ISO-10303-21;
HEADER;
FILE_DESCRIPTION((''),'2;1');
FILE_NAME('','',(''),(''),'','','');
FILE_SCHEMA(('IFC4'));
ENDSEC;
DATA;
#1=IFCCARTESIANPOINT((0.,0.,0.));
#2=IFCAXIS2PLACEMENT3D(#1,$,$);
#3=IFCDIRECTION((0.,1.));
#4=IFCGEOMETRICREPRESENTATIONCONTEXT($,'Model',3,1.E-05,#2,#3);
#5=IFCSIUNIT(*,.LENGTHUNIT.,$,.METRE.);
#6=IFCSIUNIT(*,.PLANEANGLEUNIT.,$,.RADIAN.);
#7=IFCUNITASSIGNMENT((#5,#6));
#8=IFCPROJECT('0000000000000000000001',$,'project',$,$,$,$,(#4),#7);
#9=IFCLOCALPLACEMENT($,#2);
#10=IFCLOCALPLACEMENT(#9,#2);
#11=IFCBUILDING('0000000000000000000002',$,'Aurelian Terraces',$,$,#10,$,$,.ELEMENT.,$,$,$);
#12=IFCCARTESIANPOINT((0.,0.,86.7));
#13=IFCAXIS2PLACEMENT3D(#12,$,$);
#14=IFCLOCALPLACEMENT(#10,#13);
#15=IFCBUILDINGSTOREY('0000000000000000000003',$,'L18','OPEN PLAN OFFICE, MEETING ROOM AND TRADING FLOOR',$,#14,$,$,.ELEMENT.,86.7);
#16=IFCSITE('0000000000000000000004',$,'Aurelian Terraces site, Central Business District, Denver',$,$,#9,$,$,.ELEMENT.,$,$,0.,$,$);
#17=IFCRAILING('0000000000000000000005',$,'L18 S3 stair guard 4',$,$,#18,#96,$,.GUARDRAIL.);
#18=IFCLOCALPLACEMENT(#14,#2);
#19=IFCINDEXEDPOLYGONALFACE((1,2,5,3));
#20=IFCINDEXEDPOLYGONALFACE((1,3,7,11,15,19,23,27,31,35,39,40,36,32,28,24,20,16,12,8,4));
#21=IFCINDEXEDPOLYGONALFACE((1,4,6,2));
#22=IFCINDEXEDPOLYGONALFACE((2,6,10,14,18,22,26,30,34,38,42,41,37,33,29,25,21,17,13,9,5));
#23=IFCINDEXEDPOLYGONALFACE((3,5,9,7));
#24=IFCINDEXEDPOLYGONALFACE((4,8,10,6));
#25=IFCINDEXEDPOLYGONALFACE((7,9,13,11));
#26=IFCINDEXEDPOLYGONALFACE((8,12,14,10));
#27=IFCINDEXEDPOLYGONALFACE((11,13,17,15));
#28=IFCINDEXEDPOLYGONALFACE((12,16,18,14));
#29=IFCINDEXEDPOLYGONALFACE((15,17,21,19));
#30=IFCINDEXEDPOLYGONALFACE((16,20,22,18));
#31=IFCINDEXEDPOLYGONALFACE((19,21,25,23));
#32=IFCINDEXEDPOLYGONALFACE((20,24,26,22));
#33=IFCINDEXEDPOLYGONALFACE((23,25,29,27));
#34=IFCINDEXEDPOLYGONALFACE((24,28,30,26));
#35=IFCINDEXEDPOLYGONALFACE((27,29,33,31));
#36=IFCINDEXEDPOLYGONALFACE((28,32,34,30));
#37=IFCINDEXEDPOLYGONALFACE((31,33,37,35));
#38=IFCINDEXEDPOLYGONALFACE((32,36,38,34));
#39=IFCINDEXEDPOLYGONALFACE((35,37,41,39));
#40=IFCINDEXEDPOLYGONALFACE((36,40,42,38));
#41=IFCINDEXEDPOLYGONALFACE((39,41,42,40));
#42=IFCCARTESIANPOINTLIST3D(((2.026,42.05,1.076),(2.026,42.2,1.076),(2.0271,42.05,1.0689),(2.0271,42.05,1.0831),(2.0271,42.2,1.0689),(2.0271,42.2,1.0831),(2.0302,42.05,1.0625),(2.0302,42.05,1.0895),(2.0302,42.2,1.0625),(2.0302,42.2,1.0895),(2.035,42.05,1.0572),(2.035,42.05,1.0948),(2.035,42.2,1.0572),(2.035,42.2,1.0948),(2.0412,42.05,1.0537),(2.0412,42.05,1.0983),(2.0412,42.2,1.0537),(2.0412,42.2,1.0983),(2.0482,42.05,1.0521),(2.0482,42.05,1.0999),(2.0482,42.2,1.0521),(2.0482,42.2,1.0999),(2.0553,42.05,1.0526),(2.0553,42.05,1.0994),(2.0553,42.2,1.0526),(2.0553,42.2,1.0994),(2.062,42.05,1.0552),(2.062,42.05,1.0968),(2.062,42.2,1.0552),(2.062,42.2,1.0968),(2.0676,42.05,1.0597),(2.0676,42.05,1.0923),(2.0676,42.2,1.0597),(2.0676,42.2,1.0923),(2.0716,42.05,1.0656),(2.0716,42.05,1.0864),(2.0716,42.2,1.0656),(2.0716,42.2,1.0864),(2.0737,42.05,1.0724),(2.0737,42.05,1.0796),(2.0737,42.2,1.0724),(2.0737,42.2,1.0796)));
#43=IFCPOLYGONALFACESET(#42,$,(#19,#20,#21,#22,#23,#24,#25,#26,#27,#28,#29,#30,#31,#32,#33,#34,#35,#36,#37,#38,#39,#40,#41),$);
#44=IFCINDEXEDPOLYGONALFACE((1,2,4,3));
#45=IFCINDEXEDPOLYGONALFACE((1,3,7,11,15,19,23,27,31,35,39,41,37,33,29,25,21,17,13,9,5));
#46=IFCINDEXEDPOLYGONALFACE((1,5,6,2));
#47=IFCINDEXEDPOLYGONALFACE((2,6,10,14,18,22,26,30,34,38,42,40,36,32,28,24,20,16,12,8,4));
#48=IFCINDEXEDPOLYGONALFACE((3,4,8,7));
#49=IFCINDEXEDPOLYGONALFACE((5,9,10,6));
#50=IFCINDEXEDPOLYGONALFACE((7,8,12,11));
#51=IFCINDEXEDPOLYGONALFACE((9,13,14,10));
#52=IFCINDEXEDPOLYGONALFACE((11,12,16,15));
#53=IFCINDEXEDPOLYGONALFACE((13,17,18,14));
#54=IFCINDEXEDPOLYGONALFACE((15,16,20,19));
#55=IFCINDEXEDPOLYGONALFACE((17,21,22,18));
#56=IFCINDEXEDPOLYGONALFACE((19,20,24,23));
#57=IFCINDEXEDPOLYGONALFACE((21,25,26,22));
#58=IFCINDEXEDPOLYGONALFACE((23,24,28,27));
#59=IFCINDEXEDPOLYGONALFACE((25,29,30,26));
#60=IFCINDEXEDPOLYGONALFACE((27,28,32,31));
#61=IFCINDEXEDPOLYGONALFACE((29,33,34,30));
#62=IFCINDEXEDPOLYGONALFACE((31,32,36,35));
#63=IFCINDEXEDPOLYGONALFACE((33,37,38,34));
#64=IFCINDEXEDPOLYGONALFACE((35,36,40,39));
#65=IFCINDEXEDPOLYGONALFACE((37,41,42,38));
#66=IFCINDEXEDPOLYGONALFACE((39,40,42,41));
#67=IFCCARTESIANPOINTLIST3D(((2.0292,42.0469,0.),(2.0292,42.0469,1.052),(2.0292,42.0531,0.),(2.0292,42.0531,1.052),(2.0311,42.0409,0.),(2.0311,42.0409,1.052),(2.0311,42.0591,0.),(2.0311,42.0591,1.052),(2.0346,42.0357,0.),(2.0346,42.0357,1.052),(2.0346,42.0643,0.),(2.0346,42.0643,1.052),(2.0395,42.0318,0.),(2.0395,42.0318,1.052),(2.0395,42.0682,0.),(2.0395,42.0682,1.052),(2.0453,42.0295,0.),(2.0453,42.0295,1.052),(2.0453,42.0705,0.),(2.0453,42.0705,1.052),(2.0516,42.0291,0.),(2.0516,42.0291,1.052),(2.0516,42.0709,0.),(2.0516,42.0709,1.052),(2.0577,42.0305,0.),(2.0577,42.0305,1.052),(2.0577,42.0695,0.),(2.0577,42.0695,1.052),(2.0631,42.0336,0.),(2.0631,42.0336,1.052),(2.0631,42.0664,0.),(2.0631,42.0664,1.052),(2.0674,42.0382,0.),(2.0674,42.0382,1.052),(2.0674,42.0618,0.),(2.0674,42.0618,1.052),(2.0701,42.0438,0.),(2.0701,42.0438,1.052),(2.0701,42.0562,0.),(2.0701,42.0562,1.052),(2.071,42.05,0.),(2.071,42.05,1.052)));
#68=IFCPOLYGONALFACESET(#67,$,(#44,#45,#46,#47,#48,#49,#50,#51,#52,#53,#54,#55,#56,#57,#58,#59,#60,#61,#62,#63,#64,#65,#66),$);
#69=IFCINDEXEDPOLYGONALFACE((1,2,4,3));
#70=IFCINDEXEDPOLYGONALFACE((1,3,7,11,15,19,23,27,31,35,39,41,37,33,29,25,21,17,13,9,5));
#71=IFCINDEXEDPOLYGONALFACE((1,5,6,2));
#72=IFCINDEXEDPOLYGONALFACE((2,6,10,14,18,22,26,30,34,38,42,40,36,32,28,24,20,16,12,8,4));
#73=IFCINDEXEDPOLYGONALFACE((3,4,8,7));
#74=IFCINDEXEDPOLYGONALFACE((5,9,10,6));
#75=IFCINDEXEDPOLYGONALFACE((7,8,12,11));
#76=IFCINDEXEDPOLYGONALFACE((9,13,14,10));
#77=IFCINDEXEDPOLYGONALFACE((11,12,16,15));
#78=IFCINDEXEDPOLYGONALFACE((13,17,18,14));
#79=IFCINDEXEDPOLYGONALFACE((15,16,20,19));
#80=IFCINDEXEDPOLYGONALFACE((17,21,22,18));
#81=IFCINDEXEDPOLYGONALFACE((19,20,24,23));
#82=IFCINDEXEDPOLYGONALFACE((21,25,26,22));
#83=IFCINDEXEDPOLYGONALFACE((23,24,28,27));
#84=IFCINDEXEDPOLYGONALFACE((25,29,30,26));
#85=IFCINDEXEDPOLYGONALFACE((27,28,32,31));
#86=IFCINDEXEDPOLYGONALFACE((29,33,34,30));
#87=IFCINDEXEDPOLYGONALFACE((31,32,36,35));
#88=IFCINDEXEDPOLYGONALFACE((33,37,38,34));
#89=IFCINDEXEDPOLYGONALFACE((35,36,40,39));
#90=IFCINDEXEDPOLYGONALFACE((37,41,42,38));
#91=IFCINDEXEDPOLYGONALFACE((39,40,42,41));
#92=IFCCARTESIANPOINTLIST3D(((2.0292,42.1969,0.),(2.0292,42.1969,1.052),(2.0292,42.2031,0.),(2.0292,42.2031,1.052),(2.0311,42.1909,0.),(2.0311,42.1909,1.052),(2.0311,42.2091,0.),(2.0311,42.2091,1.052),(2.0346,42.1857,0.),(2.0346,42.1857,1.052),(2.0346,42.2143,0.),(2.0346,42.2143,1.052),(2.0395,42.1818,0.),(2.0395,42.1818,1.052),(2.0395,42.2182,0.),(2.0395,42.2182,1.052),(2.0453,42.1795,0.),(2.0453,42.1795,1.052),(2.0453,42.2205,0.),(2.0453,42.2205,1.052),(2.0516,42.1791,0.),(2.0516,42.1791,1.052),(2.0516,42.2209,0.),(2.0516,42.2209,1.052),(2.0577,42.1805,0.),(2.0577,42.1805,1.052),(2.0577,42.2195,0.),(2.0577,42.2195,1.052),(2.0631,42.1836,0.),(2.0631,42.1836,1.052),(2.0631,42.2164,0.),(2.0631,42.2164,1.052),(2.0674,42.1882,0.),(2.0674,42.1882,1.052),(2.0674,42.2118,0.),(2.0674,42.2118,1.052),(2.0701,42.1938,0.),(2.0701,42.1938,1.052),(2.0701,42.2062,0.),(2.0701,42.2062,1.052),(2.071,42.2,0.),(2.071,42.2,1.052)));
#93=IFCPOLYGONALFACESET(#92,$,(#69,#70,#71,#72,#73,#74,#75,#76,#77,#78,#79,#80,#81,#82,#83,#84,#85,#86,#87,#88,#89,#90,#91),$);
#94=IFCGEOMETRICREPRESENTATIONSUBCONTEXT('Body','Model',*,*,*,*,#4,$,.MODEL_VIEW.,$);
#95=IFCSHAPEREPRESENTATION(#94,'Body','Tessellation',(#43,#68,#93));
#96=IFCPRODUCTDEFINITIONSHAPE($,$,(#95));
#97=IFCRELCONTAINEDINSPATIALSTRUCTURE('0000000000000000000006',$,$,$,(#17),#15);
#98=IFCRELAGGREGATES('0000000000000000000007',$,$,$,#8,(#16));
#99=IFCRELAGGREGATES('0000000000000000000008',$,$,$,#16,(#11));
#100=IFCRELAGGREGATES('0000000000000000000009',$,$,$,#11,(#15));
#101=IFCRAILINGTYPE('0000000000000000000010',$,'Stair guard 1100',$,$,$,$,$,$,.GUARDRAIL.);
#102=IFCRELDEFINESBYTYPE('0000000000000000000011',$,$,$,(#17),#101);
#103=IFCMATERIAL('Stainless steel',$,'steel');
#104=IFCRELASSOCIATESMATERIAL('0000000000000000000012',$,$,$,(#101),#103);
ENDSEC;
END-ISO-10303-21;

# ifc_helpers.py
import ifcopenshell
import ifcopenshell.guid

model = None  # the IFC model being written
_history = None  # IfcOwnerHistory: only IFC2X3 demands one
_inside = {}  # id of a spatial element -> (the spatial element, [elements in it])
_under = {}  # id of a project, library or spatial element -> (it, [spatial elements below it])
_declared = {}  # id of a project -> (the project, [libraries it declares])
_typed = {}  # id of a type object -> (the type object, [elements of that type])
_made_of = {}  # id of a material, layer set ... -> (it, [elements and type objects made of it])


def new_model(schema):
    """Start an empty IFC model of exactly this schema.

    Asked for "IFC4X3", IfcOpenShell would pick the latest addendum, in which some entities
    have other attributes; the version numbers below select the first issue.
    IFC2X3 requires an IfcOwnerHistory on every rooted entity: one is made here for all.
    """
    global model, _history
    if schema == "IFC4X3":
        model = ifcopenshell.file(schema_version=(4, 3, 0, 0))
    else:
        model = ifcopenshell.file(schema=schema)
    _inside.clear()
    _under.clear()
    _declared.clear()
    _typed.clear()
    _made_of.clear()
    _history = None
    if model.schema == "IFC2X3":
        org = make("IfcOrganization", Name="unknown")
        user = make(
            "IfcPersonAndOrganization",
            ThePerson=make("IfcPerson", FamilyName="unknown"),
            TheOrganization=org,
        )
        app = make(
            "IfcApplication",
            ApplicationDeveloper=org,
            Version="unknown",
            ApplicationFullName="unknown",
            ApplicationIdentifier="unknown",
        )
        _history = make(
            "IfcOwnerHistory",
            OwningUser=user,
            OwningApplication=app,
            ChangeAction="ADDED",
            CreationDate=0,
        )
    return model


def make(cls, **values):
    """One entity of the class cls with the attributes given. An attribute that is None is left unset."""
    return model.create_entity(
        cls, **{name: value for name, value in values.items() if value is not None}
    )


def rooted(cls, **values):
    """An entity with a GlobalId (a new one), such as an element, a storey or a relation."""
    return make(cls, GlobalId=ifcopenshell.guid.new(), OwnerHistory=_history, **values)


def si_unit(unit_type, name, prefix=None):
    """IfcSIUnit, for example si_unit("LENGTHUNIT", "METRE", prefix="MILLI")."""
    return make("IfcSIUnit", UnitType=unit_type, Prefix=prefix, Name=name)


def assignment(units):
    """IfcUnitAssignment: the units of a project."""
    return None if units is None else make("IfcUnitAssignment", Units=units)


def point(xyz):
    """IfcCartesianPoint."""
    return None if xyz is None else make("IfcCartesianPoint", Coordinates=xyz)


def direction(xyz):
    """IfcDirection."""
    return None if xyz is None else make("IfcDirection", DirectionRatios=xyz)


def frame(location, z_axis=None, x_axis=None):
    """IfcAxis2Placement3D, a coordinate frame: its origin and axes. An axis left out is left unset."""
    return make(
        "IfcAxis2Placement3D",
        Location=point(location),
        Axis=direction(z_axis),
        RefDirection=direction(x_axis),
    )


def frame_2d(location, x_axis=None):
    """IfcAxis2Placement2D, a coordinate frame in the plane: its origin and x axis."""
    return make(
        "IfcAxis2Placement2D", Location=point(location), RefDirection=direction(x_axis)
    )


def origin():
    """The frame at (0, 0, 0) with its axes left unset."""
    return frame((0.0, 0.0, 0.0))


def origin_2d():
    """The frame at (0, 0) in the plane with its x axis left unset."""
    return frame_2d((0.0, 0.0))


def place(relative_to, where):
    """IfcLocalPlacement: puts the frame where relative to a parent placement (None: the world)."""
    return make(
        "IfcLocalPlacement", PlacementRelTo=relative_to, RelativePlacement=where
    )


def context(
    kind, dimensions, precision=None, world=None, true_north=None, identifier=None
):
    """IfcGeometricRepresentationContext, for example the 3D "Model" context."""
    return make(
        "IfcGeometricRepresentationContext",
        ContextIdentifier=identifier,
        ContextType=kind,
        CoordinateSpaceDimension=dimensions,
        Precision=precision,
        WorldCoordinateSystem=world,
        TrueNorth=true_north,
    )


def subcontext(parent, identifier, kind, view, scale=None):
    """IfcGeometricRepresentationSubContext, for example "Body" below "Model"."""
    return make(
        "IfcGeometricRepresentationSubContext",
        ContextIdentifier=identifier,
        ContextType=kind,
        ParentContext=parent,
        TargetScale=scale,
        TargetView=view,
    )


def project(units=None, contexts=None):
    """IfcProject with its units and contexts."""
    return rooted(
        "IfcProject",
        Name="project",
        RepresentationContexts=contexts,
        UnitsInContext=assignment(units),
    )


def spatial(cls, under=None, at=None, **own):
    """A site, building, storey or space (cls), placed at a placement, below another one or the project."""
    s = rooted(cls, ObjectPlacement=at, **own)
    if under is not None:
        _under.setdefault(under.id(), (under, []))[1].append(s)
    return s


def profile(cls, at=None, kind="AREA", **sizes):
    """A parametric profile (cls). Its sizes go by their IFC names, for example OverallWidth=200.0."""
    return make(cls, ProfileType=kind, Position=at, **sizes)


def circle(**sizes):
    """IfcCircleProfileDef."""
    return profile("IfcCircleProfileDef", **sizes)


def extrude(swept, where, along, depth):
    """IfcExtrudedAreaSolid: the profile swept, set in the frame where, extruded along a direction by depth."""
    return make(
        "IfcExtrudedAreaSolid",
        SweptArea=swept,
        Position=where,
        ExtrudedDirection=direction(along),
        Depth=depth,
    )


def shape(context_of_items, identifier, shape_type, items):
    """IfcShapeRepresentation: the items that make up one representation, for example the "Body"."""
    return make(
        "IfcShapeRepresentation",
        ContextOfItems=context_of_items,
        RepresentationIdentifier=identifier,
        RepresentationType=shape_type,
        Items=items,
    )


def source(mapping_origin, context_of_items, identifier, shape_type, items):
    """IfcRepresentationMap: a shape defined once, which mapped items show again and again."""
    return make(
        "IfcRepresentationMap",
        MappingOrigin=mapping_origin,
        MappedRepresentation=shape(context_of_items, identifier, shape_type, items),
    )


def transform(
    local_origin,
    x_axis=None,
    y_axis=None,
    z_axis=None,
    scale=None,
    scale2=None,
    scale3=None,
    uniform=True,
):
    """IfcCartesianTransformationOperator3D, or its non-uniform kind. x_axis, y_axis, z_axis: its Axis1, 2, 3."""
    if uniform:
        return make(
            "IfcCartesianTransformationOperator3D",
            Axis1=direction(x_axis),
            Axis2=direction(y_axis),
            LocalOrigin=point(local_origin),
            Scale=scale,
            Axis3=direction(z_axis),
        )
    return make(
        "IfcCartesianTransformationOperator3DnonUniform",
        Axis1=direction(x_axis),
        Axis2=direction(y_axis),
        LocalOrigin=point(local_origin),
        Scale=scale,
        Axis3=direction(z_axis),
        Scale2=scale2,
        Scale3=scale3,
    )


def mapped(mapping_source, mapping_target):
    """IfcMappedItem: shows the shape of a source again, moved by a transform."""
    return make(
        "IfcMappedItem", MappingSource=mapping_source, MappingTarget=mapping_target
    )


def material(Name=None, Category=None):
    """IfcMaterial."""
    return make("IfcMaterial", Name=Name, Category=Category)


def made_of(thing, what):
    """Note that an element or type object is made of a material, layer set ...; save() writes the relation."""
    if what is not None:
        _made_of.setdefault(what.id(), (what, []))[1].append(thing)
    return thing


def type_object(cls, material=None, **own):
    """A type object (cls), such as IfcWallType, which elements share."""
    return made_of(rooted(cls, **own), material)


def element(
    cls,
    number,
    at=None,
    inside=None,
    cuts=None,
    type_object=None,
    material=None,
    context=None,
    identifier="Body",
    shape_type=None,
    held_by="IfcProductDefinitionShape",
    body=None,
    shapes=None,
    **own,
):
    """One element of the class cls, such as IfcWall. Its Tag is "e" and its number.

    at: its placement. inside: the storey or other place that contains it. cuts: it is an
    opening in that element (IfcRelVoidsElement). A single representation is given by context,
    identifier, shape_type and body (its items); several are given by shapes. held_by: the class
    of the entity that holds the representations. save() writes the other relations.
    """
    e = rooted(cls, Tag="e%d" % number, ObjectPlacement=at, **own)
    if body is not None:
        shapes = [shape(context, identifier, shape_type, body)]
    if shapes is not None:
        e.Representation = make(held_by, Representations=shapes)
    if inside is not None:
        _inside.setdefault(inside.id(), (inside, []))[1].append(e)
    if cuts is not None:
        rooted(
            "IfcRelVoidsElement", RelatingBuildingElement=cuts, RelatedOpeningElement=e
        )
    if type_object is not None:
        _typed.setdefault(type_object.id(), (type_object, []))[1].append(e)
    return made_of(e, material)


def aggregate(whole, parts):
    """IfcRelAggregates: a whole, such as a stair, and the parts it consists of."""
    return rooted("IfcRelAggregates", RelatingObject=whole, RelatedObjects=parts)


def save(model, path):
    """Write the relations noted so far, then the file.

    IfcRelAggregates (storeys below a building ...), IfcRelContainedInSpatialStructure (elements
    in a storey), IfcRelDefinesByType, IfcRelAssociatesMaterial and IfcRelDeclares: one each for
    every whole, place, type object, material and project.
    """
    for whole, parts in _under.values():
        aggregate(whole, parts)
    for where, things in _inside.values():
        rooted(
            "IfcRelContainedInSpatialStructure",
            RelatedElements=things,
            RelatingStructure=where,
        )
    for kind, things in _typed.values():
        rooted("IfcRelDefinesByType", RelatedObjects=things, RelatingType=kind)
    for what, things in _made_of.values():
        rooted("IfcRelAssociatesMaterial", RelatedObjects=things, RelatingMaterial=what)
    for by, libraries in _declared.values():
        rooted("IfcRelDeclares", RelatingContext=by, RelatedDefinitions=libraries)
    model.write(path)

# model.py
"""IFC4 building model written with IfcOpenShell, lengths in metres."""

from ifc_helpers import new_model, si_unit, direction, frame, origin, origin_2d, place, context, subcontext, project, spatial, circle, extrude, source, transform, mapped, material, type_object, element, save


model = new_model("IFC4")

# Units and contexts
model_context = context("Model", 3, precision=1e-05, world=origin(), true_north=direction((0.0, 1.0)))
body_context = subcontext(model_context, "Body", "Model", "MODEL_VIEW")
ifc_project = project(units=[si_unit("LENGTHUNIT", "METRE"), si_unit("PLANEANGLEUNIT", "RADIAN")], contexts=[model_context])

# Site, building, storey
site_placement = place(None, origin())
site = spatial("IfcSite", under=ifc_project, at=site_placement, Name="Aurelian Terraces site, Central Business District, Denver", CompositionType="ELEMENT", RefElevation=0.0)
building_placement = place(site_placement, origin())
building = spatial("IfcBuilding", under=site, at=building_placement, Name="Aurelian Terraces", CompositionType="ELEMENT")
storey_placement = place(building_placement, frame((0.0, 0.0, 86.7)))
storey = spatial("IfcBuildingStorey", under=building, at=storey_placement, Name="L18", Description="OPEN PLAN OFFICE, MEETING ROOM AND TRADING FLOOR", CompositionType="ELEMENT", Elevation=86.7)

# Railing
ifc_material_1 = material(Name="Stainless steel", Category="steel")
railing_type_1 = type_object("IfcRailingType", Name="Stair guard 1100", PredefinedType="GUARDRAIL", material=ifc_material_1)
shared_shape_1 = source(origin(), body_context, "Body", "SweptSolid", [
    extrude(circle(Radius=0.024, at=origin_2d()), frame((0.0, 0.0, 1.076), z_axis=(0.0, 1.0, 0.0), x_axis=(-1.0, 0.0, 0.0)), (0.0, 0.0, 1.0), 0.15),
    extrude(circle(Radius=0.021, at=origin_2d()), origin(), (0.0, 0.0, 1.0), 1.052),
    extrude(circle(Radius=0.021, at=origin_2d()), frame((0.0, 0.15, 0.0)), (0.0, 0.0, 1.0), 1.052),
])
for number, where, name in (
    (1, (2.05, 42.05, 0.0), "L18 S3 stair guard 4"),
):
    element("IfcRailing", number, at=place(storey_placement, frame(where)), inside=storey, type_object=railing_type_1, Name=name, PredefinedType="GUARDRAIL", context=body_context, shape_type="MappedRepresentation", body=[
        mapped(shared_shape_1, transform((0.0, 0.0, 0.0), scale=1.0)),
    ])

save(model, "model.ifc")
